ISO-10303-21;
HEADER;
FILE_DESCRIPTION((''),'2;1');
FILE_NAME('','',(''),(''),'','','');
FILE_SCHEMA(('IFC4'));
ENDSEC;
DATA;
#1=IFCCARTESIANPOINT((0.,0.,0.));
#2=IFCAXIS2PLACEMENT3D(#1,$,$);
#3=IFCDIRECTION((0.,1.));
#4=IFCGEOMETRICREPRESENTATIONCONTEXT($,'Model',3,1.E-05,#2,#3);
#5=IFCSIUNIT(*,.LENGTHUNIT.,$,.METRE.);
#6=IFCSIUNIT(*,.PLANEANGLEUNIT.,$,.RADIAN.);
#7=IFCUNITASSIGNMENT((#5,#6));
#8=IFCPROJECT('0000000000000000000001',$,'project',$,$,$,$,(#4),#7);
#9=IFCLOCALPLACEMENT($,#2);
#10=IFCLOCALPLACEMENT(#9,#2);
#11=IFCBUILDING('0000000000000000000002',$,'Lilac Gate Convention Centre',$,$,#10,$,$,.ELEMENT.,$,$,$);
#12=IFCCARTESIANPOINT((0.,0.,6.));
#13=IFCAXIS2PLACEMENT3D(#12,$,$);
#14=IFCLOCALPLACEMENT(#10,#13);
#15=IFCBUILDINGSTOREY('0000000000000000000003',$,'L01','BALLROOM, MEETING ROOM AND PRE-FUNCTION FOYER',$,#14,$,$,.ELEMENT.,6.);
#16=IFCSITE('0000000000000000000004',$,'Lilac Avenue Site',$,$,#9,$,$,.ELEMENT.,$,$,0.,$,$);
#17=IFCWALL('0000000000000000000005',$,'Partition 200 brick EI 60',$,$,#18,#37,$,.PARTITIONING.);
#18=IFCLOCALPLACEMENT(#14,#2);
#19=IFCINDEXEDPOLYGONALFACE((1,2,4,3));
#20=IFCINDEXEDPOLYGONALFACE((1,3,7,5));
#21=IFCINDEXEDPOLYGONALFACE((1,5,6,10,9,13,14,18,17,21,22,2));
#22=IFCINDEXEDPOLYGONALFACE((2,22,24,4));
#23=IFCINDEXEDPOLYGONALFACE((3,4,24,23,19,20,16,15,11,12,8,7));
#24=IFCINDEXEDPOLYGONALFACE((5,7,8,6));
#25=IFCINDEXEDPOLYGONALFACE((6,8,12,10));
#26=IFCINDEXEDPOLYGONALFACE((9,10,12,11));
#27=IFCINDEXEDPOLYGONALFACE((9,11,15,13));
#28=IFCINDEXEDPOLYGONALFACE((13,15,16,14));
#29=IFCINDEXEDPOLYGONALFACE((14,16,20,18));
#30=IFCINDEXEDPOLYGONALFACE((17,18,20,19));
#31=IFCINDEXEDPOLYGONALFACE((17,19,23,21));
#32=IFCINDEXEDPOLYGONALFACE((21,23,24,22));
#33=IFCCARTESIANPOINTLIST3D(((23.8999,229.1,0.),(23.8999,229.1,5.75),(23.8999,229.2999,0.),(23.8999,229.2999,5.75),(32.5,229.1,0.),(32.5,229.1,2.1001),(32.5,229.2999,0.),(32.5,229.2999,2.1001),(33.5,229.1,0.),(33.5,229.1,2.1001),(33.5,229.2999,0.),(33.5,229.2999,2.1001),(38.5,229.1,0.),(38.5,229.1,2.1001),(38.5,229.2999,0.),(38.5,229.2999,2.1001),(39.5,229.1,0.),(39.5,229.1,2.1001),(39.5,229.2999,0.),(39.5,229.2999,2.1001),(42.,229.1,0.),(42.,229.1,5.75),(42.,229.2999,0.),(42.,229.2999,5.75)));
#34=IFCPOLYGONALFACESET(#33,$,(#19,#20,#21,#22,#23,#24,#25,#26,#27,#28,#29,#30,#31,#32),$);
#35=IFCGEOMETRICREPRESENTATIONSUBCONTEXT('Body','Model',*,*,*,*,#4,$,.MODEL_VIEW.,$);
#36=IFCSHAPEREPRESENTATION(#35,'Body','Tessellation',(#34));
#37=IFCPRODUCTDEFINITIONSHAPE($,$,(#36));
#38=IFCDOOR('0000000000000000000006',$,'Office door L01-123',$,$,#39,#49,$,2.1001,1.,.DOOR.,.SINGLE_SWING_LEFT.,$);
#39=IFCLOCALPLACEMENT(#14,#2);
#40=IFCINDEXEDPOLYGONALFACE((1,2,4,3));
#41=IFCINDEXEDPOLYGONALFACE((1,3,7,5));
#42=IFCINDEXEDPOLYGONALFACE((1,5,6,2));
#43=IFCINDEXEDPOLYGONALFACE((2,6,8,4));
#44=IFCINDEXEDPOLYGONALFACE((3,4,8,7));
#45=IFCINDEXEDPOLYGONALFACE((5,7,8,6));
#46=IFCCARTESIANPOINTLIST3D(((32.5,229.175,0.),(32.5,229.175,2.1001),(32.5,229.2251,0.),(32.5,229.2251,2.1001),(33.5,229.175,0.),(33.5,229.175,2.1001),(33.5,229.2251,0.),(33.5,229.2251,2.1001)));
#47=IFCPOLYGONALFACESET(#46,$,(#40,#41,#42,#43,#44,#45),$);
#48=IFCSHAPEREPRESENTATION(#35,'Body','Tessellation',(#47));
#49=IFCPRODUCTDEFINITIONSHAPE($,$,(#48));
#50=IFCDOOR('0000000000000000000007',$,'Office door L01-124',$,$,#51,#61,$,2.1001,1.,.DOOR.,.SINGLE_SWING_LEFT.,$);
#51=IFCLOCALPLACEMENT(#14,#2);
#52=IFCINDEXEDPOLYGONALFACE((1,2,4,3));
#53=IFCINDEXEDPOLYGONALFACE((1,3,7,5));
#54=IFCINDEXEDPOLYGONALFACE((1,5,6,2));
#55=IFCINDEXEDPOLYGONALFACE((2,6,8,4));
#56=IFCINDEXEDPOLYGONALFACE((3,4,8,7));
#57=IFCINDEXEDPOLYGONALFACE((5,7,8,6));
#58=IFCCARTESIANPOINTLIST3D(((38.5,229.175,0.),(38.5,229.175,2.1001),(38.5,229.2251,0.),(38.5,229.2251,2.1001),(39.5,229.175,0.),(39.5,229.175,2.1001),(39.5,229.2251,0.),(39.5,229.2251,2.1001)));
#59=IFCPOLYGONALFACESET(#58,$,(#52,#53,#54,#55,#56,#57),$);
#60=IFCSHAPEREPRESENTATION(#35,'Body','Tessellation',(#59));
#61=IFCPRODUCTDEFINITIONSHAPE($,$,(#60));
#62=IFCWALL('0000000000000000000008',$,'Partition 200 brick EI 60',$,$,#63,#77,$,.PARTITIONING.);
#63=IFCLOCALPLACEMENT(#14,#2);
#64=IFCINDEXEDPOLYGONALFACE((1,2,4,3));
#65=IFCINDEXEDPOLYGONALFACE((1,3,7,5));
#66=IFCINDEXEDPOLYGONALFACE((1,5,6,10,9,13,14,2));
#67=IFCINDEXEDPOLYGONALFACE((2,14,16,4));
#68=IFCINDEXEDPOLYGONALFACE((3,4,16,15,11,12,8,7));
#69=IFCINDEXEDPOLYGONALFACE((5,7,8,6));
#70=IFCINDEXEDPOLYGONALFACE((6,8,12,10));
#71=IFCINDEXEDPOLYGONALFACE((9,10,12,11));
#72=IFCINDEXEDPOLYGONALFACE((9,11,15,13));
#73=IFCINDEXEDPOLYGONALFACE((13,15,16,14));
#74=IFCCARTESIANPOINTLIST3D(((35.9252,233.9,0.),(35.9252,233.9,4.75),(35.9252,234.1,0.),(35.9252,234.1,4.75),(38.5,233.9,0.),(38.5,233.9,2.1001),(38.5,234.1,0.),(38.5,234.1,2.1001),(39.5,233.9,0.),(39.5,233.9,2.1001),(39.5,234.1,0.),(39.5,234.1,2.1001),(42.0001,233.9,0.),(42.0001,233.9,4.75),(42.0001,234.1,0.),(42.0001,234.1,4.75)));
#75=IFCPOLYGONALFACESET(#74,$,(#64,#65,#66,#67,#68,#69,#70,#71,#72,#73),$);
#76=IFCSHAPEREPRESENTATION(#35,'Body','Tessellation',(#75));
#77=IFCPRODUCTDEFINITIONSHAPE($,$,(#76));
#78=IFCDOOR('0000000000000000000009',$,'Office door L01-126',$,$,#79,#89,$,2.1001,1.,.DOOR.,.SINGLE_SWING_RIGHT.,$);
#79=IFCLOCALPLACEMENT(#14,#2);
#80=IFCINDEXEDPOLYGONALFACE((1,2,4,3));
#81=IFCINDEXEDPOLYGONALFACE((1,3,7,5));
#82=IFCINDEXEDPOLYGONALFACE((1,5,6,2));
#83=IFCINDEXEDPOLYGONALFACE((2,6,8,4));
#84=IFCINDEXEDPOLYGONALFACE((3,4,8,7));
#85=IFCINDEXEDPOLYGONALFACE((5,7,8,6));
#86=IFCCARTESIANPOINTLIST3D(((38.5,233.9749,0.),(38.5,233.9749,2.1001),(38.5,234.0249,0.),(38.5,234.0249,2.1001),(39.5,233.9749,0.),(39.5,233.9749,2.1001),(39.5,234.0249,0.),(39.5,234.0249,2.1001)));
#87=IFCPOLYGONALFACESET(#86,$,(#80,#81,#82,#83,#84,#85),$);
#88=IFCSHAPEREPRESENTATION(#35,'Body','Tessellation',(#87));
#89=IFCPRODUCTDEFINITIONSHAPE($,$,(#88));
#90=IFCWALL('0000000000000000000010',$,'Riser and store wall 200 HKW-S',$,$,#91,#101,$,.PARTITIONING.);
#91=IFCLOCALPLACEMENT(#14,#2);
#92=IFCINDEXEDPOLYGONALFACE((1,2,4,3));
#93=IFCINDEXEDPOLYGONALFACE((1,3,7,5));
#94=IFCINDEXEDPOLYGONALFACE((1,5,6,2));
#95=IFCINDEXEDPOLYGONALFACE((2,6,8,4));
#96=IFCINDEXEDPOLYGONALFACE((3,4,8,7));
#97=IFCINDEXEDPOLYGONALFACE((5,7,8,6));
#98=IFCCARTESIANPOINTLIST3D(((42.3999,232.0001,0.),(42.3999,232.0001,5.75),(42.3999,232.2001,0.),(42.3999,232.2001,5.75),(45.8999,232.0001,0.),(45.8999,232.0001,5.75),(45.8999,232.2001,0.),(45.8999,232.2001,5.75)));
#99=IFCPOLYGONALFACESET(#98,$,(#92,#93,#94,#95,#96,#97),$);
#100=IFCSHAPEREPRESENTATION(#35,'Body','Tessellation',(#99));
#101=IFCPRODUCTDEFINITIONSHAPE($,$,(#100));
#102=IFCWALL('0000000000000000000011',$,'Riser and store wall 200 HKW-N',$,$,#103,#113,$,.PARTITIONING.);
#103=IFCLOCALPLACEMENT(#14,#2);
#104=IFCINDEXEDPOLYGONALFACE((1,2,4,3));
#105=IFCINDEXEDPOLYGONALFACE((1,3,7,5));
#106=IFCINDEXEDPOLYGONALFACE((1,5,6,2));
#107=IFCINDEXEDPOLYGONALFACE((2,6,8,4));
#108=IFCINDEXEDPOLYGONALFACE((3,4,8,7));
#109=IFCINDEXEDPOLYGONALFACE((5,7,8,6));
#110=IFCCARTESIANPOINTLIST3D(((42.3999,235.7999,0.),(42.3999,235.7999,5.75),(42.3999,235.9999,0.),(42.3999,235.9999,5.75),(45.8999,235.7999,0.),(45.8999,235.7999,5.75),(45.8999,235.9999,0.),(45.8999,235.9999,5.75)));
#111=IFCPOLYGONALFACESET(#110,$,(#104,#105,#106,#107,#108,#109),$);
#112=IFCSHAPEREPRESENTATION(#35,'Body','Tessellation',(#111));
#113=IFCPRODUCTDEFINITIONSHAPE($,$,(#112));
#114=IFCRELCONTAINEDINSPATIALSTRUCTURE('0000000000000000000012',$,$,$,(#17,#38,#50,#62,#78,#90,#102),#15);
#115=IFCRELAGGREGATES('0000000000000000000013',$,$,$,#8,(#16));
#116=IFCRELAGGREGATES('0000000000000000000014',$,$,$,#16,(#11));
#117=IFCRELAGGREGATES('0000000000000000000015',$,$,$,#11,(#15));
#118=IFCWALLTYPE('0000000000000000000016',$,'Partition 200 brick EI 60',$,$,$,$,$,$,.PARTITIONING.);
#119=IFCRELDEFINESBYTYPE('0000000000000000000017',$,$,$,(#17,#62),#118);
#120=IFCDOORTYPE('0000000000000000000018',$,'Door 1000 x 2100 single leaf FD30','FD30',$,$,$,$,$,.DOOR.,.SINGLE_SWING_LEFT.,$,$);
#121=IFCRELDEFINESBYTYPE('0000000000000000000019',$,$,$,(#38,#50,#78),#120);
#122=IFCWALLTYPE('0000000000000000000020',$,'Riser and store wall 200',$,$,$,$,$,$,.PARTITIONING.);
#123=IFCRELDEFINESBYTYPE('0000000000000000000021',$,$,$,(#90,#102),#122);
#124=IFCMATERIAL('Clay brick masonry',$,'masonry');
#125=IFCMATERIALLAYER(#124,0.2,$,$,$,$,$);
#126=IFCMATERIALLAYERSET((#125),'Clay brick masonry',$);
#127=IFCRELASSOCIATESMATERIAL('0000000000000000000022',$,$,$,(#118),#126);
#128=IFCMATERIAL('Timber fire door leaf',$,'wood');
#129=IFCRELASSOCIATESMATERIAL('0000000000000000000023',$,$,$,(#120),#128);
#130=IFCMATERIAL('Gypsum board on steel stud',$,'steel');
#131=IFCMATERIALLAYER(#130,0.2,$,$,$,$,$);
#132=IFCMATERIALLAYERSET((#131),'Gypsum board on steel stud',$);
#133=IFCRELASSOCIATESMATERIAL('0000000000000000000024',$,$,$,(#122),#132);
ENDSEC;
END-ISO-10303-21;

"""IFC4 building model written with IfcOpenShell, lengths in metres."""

from ifc_helpers import new_model, si_unit, direction, frame, frame_2d, origin, place, context, subcontext, project, spatial, rectangle, extrude, material, layer, layer_set, type_object, element, fill, save


model = new_model("IFC4")

# Units and contexts
model_context = context("Model", 3, precision=1e-05, world=origin(), true_north=direction((0.0, 1.0)))
body_context = subcontext(model_context, "Body", "Model", "MODEL_VIEW")
ifc_project = project(units=[si_unit("LENGTHUNIT", "METRE"), si_unit("PLANEANGLEUNIT", "RADIAN")], contexts=[model_context])

# Site, building, storey
site_placement = place(None, origin())
site = spatial("IfcSite", under=ifc_project, at=site_placement, Name="Lilac Avenue Site", CompositionType="ELEMENT", RefElevation=0.0)
building_placement = place(site_placement, origin())
building = spatial("IfcBuilding", under=site, at=building_placement, Name="Lilac Gate Convention Centre", CompositionType="ELEMENT")
storey_placement = place(building_placement, frame((0.0, 0.0, 6.0)))
storey = spatial("IfcBuildingStorey", under=building, at=storey_placement, Name="L01", Description="BALLROOM, MEETING ROOM AND PRE-FUNCTION FOYER", CompositionType="ELEMENT", Elevation=6.0)

# Wall, openings, doors
ifc_material_1 = material(Name="Clay brick masonry", Category="masonry")
ifc_layer_1 = layer(ifc_material_1, 0.2)
ifc_layer_set_1 = layer_set([ifc_layer_1], Name="Clay brick masonry")
wall_type_1 = type_object("IfcWallType", Name="Partition 200 brick EI 60", PredefinedType="PARTITIONING", material=ifc_layer_set_1)
wall_1_placement = place(storey_placement, frame((23.8999, 229.2, 0.0), z_axis=(0.0, 0.0, 1.0), x_axis=(1.0, 0.0, 0.0)))
wall_1 = element("IfcWall", 1, at=wall_1_placement, inside=storey, type_object=wall_type_1, Name="Partition 200 brick EI 60", PredefinedType="PARTITIONING", context=body_context, shape_type="SweptSolid", body=[
    extrude(rectangle(XDim=18.1001, YDim=0.2, at=frame_2d((9.05, 0.0))), origin(), (0.0, 0.0, 1.0), 5.75),
])
opening_1_placement = place(wall_1_placement, frame((8.6001, 0.0, 0.0)))
opening_1 = element("IfcOpeningElement", 2, at=opening_1_placement, cuts=wall_1, PredefinedType="OPENING", context=body_context, shape_type="SweptSolid", body=[
    extrude(rectangle(XDim=1.0, YDim=2.1001, at=frame_2d((0.5, 1.05))), frame((0.0, 0.1099, 0.0), z_axis=(0.0, -1.0, 0.0), x_axis=(1.0, 0.0, 0.0)), (0.0, 0.0, 1.0), 0.22),
])
opening_2_placement = place(wall_1_placement, frame((14.6001, 0.0, 0.0)))
opening_2 = element("IfcOpeningElement", 3, at=opening_2_placement, cuts=wall_1, PredefinedType="OPENING", context=body_context, shape_type="SweptSolid", body=[
    extrude(rectangle(XDim=1.0, YDim=2.1001, at=frame_2d((0.5, 1.05))), frame((0.0, 0.1099, 0.0), z_axis=(0.0, -1.0, 0.0), x_axis=(1.0, 0.0, 0.0)), (0.0, 0.0, 1.0), 0.22),
])
ifc_material_2 = material(Name="Timber fire door leaf", Category="wood")
door_type = type_object("IfcDoorType", Name="Door 1000 x 2100 single leaf FD30", Description="FD30", OperationType="SINGLE_SWING_LEFT", PredefinedType="DOOR", material=ifc_material_2)
door_1_placement = place(opening_1_placement, frame((1.0, 0.0, 0.0), z_axis=(0.0, 0.0, 1.0), x_axis=(-1.0, 0.0, 0.0)))
door_1 = element("IfcDoor", 4, at=door_1_placement, inside=storey, type_object=door_type, Name="Office door L01-123", OperationType="SINGLE_SWING_LEFT", OverallHeight=2.1001, OverallWidth=1.0, PredefinedType="DOOR", context=body_context, shape_type="SweptSolid", body=[
    extrude(rectangle(XDim=1.0, YDim=2.1001, at=frame_2d((0.5, 1.05))), frame((0.0, 0.0249, 0.0), z_axis=(0.0, -1.0, 0.0), x_axis=(1.0, 0.0, 0.0)), (0.0, 0.0, 1.0), 0.05),
])
fill(opening_1, door_1)
door_2_placement = place(opening_2_placement, frame((1.0, 0.0, 0.0), z_axis=(0.0, 0.0, 1.0), x_axis=(-1.0, 0.0, 0.0)))
door_2 = element("IfcDoor", 5, at=door_2_placement, inside=storey, type_object=door_type, Name="Office door L01-124", OperationType="SINGLE_SWING_LEFT", OverallHeight=2.1001, OverallWidth=1.0, PredefinedType="DOOR", context=body_context, shape_type="SweptSolid", body=[
    extrude(rectangle(XDim=1.0, YDim=2.1001, at=frame_2d((0.5, 1.05))), frame((0.0, 0.0249, 0.0), z_axis=(0.0, -1.0, 0.0), x_axis=(1.0, 0.0, 0.0)), (0.0, 0.0, 1.0), 0.05),
])
fill(opening_2, door_2)

# Wall, opening, door
wall_2_placement = place(storey_placement, frame((35.925, 234.0, 0.0), z_axis=(0.0, 0.0, 1.0), x_axis=(1.0, 0.0, 0.0)))
wall_2 = element("IfcWall", 6, at=wall_2_placement, inside=storey, type_object=wall_type_1, Name="Partition 200 brick EI 60", PredefinedType="PARTITIONING", context=body_context, shape_type="SweptSolid", body=[
    extrude(rectangle(XDim=6.075, YDim=0.2, at=frame_2d((3.0376, 0.0))), origin(), (0.0, 0.0, 1.0), 4.75),
])
opening_3_placement = place(wall_2_placement, frame((2.575, 0.0, 0.0)))
opening_3 = element("IfcOpeningElement", 7, at=opening_3_placement, cuts=wall_2, PredefinedType="OPENING", context=body_context, shape_type="SweptSolid", body=[
    extrude(rectangle(XDim=1.0, YDim=2.1001, at=frame_2d((0.5, 1.05))), frame((0.0, 0.1099, 0.0), z_axis=(0.0, -1.0, 0.0), x_axis=(1.0, 0.0, 0.0)), (0.0, 0.0, 1.0), 0.22),
])
door_3_placement = place(opening_3_placement, origin())
door_3 = element("IfcDoor", 8, at=door_3_placement, inside=storey, type_object=door_type, Name="Office door L01-126", OperationType="SINGLE_SWING_RIGHT", OverallHeight=2.1001, OverallWidth=1.0, PredefinedType="DOOR", context=body_context, shape_type="SweptSolid", body=[
    extrude(rectangle(XDim=1.0, YDim=2.1001, at=frame_2d((0.5, 1.05))), frame((0.0, 0.0249, 0.0), z_axis=(0.0, -1.0, 0.0), x_axis=(1.0, 0.0, 0.0)), (0.0, 0.0, 1.0), 0.05),
])
fill(opening_3, door_3)

# Walls
ifc_material_3 = material(Name="Gypsum board on steel stud", Category="steel")
ifc_layer_2 = layer(ifc_material_3, 0.2)
ifc_layer_set_2 = layer_set([ifc_layer_2], Name="Gypsum board on steel stud")
wall_type_2 = type_object("IfcWallType", Name="Riser and store wall 200", PredefinedType="PARTITIONING", material=ifc_layer_set_2)
for number, where, z_axis, x_axis, name in (
    (9, (42.3999, 232.1001, 0.0), (0.0, 0.0, 1.0), (1.0, 0.0, 0.0), "Riser and store wall 200 HKW-S"),
    (10, (42.3999, 235.8999, 0.0), (0.0, 0.0, 1.0), (1.0, 0.0, 0.0), "Riser and store wall 200 HKW-N"),
):
    element("IfcWall", number, at=place(storey_placement, frame(where, z_axis=z_axis, x_axis=x_axis)), inside=storey, type_object=wall_type_2, Name=name, PredefinedType="PARTITIONING", context=body_context, shape_type="SweptSolid", body=[
        extrude(rectangle(XDim=3.5, YDim=0.2, at=frame_2d((1.75, 0.0))), origin(), (0.0, 0.0, 1.0), 5.75),
    ])

save(model, "model.ifc")
